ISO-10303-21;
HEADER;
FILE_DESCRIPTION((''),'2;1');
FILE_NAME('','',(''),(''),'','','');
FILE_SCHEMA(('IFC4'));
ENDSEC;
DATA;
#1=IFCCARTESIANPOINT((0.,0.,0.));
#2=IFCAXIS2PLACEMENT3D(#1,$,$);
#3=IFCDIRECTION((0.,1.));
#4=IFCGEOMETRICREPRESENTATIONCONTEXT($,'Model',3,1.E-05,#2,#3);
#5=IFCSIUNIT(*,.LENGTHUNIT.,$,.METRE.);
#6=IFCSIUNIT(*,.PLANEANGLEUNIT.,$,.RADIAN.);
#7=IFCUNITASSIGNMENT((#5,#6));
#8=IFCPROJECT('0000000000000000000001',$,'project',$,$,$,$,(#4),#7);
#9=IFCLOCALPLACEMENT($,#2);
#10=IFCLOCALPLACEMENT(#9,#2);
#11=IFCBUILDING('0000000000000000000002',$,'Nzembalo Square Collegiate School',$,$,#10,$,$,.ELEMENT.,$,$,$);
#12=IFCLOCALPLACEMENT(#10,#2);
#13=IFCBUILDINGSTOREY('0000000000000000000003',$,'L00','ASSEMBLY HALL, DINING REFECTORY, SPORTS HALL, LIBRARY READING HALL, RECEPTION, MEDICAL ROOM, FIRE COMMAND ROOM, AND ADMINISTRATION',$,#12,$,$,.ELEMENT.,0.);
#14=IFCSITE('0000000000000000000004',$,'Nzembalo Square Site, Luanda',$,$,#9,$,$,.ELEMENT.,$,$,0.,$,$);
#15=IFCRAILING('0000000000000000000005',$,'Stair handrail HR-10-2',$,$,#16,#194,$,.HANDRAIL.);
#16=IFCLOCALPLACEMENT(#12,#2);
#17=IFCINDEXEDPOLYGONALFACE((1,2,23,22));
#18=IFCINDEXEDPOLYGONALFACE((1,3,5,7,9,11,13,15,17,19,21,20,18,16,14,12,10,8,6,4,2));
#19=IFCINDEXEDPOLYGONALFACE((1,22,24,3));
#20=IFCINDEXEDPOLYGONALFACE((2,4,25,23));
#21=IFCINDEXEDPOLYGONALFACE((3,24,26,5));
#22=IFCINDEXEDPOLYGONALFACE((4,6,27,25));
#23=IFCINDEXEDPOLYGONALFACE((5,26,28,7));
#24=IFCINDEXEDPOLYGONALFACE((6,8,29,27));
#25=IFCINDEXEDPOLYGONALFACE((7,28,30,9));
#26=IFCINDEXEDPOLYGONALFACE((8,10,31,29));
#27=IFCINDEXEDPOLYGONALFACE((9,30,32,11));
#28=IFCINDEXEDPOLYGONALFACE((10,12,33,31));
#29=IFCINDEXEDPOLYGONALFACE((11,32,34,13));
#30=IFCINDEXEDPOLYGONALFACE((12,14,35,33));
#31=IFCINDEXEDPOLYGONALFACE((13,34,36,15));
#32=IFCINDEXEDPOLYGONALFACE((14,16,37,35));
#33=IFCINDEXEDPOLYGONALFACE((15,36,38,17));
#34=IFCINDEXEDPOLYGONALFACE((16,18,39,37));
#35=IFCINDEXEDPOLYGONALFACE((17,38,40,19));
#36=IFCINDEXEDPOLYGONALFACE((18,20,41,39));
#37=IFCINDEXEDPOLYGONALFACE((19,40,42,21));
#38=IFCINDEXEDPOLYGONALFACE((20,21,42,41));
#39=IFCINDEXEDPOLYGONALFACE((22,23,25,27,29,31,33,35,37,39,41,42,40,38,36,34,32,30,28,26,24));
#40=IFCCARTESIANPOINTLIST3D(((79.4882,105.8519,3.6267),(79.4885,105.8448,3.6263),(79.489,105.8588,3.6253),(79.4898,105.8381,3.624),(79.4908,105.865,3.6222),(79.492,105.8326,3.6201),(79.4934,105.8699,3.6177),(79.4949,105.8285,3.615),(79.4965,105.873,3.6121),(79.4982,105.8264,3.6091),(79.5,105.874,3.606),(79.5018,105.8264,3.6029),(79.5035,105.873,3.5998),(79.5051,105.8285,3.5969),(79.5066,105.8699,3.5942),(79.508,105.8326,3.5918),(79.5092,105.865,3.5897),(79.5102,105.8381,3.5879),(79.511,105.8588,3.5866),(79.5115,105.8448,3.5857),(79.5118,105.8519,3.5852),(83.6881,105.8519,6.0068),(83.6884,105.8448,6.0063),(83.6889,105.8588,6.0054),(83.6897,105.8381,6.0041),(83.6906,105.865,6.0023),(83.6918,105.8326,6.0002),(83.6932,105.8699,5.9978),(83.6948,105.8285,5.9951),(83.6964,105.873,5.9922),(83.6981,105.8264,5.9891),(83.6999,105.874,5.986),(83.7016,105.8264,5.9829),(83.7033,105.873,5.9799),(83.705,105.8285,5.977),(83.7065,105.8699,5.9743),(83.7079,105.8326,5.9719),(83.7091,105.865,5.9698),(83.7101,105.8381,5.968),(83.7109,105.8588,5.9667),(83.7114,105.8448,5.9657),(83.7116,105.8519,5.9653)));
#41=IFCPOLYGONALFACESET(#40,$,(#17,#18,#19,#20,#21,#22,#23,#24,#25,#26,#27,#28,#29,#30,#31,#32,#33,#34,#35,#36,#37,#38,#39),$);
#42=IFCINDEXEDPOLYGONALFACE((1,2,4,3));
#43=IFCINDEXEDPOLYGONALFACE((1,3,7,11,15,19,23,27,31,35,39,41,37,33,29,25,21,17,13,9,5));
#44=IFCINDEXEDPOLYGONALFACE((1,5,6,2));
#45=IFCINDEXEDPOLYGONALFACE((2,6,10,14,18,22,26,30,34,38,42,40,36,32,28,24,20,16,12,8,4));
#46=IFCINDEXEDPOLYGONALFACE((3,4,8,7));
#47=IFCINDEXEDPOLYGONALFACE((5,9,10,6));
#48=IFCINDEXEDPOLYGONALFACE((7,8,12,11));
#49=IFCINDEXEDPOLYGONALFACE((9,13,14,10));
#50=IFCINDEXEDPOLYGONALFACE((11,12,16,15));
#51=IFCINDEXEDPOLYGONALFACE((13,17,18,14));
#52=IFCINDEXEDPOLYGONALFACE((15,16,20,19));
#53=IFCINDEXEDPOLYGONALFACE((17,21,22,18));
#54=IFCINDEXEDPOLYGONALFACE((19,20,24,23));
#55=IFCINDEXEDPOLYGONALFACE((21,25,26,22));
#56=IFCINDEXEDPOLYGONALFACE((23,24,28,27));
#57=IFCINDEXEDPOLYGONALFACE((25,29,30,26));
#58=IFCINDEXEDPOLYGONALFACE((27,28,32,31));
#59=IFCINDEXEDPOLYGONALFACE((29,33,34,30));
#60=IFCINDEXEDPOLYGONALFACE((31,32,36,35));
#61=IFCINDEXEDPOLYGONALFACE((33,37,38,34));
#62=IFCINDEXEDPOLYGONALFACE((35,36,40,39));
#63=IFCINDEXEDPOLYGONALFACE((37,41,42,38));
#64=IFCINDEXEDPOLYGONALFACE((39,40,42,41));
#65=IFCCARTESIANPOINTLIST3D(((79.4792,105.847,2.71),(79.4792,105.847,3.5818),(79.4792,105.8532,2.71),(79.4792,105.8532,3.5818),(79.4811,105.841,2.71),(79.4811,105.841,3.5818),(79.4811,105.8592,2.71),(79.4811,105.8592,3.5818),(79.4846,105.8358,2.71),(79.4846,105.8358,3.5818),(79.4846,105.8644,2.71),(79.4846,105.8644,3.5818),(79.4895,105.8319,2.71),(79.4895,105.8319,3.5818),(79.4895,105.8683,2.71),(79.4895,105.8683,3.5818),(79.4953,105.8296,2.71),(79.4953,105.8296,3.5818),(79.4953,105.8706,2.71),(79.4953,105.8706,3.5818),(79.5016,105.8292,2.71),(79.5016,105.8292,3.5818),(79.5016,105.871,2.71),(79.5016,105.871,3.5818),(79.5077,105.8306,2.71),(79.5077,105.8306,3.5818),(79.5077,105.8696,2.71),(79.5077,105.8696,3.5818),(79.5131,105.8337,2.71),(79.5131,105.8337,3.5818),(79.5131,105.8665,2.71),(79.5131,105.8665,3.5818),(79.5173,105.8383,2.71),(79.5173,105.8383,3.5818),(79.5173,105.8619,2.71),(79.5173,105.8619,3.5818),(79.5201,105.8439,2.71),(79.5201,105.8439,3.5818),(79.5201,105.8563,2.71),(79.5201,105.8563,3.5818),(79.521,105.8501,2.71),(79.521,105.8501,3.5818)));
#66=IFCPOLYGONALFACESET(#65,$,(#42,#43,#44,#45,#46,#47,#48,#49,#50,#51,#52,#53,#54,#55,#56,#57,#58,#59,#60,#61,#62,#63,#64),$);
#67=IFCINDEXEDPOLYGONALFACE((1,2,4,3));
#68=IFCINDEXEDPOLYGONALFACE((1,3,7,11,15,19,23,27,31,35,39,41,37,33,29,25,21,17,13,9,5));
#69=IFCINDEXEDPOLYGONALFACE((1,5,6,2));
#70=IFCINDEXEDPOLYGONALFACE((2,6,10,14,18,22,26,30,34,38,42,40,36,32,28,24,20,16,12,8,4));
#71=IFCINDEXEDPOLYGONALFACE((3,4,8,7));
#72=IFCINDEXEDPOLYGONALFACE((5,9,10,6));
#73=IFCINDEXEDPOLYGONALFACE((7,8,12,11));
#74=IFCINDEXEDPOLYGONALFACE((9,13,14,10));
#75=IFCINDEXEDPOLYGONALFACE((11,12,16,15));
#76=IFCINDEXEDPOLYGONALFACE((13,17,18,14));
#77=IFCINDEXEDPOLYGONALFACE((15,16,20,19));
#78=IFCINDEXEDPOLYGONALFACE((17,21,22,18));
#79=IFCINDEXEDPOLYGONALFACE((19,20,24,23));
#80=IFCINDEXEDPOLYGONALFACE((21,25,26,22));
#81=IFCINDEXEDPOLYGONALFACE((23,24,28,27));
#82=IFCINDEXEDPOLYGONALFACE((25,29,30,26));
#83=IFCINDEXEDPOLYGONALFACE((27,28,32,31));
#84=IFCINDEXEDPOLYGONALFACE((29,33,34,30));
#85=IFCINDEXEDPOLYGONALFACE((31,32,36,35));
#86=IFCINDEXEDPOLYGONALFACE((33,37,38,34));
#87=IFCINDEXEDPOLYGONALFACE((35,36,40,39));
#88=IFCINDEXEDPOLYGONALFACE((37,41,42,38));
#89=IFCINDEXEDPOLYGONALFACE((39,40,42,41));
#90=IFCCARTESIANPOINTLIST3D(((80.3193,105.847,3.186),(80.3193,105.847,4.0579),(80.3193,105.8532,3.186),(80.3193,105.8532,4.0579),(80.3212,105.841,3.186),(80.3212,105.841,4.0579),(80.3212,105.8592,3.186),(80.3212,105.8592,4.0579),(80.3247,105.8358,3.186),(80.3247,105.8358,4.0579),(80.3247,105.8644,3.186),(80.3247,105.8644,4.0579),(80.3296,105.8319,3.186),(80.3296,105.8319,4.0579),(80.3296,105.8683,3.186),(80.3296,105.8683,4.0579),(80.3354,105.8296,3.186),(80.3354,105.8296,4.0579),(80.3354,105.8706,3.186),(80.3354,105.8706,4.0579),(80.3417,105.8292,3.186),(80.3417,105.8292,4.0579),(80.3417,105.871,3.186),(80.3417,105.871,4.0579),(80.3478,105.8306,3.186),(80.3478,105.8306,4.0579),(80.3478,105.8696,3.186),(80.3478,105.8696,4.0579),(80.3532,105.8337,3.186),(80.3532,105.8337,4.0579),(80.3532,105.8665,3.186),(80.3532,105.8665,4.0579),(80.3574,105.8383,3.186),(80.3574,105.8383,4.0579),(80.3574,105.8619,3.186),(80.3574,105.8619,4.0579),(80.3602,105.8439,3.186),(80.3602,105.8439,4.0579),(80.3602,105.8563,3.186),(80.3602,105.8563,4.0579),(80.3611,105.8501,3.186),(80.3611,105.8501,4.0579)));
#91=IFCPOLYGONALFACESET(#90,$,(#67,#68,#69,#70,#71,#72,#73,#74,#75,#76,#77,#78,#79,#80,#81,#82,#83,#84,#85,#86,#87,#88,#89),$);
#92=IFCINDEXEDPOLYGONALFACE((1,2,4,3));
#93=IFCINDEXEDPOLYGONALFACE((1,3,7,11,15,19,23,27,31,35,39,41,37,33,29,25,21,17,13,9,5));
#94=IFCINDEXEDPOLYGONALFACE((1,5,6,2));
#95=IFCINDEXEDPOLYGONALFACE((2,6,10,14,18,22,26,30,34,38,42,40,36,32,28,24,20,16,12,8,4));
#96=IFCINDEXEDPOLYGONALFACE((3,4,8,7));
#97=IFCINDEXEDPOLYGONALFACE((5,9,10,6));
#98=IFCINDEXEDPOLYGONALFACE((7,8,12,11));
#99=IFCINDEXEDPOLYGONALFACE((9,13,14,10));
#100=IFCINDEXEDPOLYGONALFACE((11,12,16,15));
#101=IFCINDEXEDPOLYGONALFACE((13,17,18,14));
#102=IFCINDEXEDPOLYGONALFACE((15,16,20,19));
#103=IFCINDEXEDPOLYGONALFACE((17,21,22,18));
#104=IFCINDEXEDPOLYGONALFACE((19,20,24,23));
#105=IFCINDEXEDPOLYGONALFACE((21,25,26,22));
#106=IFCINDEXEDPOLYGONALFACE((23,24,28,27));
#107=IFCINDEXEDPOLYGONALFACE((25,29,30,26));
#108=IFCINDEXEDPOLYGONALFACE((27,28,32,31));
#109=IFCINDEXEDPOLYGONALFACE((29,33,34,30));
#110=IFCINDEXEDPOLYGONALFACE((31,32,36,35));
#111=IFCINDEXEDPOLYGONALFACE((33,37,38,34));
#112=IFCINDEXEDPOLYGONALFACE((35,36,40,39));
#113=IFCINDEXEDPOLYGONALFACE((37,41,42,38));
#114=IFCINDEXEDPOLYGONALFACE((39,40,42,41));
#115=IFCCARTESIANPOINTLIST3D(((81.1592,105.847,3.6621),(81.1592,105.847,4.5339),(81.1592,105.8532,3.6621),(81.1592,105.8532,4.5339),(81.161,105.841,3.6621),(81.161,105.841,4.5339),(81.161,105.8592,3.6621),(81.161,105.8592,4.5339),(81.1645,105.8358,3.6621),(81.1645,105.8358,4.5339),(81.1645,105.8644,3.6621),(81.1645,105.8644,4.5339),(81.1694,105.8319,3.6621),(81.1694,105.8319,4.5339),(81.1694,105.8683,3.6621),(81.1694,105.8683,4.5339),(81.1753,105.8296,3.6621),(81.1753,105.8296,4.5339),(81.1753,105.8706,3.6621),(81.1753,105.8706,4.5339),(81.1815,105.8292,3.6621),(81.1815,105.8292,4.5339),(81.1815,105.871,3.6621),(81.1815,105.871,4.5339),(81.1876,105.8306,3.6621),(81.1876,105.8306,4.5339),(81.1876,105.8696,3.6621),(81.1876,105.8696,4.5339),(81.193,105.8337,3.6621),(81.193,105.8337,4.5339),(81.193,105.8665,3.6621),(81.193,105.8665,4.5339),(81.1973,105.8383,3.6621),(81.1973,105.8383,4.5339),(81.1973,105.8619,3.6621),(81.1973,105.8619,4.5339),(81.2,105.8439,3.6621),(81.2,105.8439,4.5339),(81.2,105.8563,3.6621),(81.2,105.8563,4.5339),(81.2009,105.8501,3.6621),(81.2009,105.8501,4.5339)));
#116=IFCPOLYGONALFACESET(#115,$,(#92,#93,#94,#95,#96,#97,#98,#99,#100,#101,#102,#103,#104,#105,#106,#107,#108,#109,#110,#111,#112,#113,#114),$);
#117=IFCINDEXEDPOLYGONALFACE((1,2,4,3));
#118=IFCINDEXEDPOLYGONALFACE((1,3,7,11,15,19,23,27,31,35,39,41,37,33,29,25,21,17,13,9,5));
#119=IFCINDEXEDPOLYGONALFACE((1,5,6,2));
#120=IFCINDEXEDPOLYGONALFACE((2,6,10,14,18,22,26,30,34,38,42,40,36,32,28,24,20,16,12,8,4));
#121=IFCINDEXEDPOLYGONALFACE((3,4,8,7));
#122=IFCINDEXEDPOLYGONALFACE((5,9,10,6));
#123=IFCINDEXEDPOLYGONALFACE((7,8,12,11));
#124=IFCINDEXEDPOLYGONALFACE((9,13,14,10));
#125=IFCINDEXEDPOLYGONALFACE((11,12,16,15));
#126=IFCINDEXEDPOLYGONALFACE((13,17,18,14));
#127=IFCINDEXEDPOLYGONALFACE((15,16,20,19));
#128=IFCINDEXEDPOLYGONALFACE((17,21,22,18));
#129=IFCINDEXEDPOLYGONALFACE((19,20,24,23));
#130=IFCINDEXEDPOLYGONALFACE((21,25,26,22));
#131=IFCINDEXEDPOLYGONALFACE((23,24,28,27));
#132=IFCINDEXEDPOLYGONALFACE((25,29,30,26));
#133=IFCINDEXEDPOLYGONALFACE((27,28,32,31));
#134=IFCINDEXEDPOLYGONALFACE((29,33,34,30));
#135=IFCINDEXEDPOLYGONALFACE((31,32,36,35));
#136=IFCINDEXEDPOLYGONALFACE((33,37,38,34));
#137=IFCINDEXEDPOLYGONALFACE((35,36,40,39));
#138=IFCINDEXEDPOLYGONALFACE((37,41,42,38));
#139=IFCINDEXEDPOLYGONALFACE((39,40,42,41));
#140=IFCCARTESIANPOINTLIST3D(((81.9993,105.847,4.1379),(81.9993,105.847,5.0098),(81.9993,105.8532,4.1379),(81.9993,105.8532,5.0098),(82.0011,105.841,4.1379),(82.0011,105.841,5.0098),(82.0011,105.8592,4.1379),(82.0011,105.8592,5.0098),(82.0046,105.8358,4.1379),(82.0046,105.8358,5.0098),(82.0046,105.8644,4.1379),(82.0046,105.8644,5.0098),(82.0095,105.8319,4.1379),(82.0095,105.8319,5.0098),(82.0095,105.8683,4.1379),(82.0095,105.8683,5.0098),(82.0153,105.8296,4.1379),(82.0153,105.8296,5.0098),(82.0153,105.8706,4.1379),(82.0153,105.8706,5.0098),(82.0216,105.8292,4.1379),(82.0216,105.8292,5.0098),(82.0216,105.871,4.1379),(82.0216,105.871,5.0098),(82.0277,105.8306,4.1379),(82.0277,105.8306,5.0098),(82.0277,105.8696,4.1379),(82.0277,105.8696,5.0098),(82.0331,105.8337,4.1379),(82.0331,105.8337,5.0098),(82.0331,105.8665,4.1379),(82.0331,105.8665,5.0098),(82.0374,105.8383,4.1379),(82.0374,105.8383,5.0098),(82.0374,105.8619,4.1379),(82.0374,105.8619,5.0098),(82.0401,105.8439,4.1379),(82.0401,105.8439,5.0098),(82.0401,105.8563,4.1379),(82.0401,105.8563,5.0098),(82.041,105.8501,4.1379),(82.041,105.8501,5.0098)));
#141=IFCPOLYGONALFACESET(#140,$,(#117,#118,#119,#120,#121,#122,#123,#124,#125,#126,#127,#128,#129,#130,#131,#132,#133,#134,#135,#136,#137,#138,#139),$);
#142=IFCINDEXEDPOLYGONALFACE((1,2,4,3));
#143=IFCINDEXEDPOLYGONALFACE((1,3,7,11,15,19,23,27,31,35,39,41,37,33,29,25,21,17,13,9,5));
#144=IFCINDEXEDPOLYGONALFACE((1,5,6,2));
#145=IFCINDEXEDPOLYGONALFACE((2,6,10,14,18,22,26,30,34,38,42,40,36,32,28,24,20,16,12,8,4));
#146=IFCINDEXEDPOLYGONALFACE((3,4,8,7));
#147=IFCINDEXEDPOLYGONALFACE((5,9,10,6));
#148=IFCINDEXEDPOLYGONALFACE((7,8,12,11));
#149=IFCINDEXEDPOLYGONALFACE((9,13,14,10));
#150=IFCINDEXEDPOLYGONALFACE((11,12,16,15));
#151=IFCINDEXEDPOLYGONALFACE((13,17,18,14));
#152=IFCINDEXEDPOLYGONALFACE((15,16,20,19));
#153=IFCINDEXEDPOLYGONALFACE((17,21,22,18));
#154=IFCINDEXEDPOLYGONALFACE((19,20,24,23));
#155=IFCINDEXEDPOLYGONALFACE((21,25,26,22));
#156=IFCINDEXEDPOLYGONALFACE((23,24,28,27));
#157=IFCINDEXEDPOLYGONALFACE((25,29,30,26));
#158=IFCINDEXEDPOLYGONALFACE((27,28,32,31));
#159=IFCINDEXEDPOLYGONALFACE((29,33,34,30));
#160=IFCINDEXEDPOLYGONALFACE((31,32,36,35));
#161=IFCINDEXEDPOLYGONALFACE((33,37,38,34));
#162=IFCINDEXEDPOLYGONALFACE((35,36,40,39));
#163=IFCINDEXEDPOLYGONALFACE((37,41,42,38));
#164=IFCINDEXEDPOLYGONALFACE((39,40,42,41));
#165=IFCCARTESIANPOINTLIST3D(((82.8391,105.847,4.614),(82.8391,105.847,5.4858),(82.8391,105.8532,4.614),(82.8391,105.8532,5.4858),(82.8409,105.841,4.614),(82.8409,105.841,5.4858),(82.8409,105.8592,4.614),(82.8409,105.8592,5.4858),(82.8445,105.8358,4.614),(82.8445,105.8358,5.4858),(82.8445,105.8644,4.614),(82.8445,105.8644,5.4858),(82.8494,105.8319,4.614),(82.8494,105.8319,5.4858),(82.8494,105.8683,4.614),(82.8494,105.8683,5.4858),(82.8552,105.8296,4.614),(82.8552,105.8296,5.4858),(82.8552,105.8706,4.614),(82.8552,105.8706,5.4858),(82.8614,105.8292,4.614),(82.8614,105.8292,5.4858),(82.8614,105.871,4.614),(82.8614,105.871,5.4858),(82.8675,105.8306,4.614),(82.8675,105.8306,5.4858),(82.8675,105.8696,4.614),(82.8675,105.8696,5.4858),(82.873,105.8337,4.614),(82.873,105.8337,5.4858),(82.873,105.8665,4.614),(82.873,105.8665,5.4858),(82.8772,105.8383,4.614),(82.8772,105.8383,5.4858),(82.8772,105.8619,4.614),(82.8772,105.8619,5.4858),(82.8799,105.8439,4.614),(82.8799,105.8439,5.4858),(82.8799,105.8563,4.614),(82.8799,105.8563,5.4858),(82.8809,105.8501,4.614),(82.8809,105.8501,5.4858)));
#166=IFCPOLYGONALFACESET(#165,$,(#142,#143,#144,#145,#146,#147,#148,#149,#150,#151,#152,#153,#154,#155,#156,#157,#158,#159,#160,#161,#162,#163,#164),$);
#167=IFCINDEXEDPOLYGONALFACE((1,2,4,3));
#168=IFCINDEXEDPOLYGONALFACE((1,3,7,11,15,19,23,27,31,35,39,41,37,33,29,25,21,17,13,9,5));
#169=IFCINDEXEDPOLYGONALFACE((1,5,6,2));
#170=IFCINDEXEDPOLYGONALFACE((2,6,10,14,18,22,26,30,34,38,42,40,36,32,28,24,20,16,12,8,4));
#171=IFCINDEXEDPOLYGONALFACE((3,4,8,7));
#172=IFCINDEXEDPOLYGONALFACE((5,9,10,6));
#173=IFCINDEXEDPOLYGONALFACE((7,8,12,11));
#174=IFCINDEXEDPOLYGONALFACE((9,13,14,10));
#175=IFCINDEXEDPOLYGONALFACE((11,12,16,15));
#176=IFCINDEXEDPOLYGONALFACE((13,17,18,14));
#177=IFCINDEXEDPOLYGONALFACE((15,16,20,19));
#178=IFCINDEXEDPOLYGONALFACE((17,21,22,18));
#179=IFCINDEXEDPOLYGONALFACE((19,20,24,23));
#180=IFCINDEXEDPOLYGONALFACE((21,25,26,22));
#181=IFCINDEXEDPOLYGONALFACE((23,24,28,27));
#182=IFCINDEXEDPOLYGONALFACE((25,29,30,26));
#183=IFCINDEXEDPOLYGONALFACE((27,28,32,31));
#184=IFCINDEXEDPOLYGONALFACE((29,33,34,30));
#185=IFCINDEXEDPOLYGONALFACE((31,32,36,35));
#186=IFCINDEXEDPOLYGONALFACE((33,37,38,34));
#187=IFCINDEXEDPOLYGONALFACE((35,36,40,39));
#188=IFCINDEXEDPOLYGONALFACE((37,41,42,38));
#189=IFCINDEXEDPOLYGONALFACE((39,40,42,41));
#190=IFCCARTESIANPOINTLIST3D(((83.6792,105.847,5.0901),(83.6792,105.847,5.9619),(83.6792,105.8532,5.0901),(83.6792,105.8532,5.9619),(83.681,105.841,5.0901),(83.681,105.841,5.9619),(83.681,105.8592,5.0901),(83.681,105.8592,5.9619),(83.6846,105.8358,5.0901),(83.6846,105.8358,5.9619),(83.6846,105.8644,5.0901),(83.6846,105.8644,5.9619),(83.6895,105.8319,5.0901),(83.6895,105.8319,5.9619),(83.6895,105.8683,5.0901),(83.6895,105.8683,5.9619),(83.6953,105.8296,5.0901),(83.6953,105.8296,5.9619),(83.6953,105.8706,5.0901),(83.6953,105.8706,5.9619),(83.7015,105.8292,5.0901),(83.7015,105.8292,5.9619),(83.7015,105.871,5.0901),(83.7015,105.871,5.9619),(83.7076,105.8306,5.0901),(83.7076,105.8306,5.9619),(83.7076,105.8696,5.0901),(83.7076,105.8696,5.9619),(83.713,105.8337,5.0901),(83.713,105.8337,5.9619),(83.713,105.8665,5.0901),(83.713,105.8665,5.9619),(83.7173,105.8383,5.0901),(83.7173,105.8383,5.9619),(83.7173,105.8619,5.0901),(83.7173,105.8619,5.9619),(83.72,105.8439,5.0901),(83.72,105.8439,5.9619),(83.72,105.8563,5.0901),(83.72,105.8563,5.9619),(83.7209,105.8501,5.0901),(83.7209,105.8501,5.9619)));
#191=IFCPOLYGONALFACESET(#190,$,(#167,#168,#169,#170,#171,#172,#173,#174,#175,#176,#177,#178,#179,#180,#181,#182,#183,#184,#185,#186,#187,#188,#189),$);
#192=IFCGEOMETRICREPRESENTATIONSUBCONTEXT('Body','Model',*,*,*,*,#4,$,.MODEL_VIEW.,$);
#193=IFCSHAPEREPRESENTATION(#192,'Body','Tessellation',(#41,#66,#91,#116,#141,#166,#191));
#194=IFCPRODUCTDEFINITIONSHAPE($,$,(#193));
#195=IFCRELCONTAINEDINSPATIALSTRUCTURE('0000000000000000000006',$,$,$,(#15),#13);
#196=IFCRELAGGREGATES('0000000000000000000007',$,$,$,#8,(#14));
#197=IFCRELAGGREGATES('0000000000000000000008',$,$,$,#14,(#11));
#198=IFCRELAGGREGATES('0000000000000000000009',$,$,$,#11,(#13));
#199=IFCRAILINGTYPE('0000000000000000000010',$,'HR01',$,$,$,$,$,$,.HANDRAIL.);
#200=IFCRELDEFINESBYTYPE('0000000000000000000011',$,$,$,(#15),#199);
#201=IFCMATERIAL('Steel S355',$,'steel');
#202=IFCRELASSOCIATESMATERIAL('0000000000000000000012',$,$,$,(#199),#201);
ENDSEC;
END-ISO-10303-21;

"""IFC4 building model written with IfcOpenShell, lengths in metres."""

from ifc_helpers import new_model, si_unit, direction, frame, origin, origin_2d, place, context, subcontext, project, spatial, circle, extrude, material, type_object, element, save


model = new_model("IFC4")

# Units and contexts
model_context = context("Model", 3, precision=1e-05, world=origin(), true_north=direction((0.0, 1.0)))
body_context = subcontext(model_context, "Body", "Model", "MODEL_VIEW")
ifc_project = project(units=[si_unit("LENGTHUNIT", "METRE"), si_unit("PLANEANGLEUNIT", "RADIAN")], contexts=[model_context])

# Site, building, storey
site_placement = place(None, origin())
site = spatial("IfcSite", under=ifc_project, at=site_placement, Name="Nzembalo Square Site, Luanda", CompositionType="ELEMENT", RefElevation=0.0)
building_placement = place(site_placement, origin())
building = spatial("IfcBuilding", under=site, at=building_placement, Name="Nzembalo Square Collegiate School", CompositionType="ELEMENT")
storey_placement = place(building_placement, origin())
storey = spatial("IfcBuildingStorey", under=building, at=storey_placement, Name="L00", Description="ASSEMBLY HALL, DINING REFECTORY, SPORTS HALL, LIBRARY READING HALL, RECEPTION, MEDICAL ROOM, FIRE COMMAND ROOM, AND ADMINISTRATION", CompositionType="ELEMENT", Elevation=0.0)

# Railing
ifc_material_1 = material(Name="Steel S355", Category="steel")
railing_type_1 = type_object("IfcRailingType", Name="HR01", PredefinedType="HANDRAIL", material=ifc_material_1)
railing_1_placement = place(storey_placement, frame((79.5, 105.8501, 2.71)))
element("IfcRailing", 1, at=railing_1_placement, inside=storey, type_object=railing_type_1, Name="Stair handrail HR-10-2", PredefinedType="HANDRAIL", context=body_context, shape_type="SweptSolid", body=[
    extrude(circle(Radius=0.0239, at=origin_2d()), frame((0.0, 0.0, 0.896), z_axis=(0.870008, 0.0, 0.493037), x_axis=(0.0, 1.0, 0.0)), (0.0, 0.0, 1.0), 4.8274),
    extrude(circle(Radius=0.021, at=origin_2d()), origin(), (0.0, 0.0, 1.0), 0.8718),
    extrude(circle(Radius=0.021, at=origin_2d()), frame((0.8401, 0.0, 0.4761)), (0.0, 0.0, 1.0), 0.8718),
    extrude(circle(Radius=0.021, at=origin_2d()), frame((1.6799, 0.0, 0.9521)), (0.0, 0.0, 1.0), 0.8718),
    extrude(circle(Radius=0.021, at=origin_2d()), frame((2.52, 0.0, 1.428)), (0.0, 0.0, 1.0), 0.8718),
    extrude(circle(Radius=0.021, at=origin_2d()), frame((3.3599, 0.0, 1.9041)), (0.0, 0.0, 1.0), 0.8718),
    extrude(circle(Radius=0.021, at=origin_2d()), frame((4.2, 0.0, 2.3801)), (0.0, 0.0, 1.0), 0.8718),
])

save(model, "model.ifc")
